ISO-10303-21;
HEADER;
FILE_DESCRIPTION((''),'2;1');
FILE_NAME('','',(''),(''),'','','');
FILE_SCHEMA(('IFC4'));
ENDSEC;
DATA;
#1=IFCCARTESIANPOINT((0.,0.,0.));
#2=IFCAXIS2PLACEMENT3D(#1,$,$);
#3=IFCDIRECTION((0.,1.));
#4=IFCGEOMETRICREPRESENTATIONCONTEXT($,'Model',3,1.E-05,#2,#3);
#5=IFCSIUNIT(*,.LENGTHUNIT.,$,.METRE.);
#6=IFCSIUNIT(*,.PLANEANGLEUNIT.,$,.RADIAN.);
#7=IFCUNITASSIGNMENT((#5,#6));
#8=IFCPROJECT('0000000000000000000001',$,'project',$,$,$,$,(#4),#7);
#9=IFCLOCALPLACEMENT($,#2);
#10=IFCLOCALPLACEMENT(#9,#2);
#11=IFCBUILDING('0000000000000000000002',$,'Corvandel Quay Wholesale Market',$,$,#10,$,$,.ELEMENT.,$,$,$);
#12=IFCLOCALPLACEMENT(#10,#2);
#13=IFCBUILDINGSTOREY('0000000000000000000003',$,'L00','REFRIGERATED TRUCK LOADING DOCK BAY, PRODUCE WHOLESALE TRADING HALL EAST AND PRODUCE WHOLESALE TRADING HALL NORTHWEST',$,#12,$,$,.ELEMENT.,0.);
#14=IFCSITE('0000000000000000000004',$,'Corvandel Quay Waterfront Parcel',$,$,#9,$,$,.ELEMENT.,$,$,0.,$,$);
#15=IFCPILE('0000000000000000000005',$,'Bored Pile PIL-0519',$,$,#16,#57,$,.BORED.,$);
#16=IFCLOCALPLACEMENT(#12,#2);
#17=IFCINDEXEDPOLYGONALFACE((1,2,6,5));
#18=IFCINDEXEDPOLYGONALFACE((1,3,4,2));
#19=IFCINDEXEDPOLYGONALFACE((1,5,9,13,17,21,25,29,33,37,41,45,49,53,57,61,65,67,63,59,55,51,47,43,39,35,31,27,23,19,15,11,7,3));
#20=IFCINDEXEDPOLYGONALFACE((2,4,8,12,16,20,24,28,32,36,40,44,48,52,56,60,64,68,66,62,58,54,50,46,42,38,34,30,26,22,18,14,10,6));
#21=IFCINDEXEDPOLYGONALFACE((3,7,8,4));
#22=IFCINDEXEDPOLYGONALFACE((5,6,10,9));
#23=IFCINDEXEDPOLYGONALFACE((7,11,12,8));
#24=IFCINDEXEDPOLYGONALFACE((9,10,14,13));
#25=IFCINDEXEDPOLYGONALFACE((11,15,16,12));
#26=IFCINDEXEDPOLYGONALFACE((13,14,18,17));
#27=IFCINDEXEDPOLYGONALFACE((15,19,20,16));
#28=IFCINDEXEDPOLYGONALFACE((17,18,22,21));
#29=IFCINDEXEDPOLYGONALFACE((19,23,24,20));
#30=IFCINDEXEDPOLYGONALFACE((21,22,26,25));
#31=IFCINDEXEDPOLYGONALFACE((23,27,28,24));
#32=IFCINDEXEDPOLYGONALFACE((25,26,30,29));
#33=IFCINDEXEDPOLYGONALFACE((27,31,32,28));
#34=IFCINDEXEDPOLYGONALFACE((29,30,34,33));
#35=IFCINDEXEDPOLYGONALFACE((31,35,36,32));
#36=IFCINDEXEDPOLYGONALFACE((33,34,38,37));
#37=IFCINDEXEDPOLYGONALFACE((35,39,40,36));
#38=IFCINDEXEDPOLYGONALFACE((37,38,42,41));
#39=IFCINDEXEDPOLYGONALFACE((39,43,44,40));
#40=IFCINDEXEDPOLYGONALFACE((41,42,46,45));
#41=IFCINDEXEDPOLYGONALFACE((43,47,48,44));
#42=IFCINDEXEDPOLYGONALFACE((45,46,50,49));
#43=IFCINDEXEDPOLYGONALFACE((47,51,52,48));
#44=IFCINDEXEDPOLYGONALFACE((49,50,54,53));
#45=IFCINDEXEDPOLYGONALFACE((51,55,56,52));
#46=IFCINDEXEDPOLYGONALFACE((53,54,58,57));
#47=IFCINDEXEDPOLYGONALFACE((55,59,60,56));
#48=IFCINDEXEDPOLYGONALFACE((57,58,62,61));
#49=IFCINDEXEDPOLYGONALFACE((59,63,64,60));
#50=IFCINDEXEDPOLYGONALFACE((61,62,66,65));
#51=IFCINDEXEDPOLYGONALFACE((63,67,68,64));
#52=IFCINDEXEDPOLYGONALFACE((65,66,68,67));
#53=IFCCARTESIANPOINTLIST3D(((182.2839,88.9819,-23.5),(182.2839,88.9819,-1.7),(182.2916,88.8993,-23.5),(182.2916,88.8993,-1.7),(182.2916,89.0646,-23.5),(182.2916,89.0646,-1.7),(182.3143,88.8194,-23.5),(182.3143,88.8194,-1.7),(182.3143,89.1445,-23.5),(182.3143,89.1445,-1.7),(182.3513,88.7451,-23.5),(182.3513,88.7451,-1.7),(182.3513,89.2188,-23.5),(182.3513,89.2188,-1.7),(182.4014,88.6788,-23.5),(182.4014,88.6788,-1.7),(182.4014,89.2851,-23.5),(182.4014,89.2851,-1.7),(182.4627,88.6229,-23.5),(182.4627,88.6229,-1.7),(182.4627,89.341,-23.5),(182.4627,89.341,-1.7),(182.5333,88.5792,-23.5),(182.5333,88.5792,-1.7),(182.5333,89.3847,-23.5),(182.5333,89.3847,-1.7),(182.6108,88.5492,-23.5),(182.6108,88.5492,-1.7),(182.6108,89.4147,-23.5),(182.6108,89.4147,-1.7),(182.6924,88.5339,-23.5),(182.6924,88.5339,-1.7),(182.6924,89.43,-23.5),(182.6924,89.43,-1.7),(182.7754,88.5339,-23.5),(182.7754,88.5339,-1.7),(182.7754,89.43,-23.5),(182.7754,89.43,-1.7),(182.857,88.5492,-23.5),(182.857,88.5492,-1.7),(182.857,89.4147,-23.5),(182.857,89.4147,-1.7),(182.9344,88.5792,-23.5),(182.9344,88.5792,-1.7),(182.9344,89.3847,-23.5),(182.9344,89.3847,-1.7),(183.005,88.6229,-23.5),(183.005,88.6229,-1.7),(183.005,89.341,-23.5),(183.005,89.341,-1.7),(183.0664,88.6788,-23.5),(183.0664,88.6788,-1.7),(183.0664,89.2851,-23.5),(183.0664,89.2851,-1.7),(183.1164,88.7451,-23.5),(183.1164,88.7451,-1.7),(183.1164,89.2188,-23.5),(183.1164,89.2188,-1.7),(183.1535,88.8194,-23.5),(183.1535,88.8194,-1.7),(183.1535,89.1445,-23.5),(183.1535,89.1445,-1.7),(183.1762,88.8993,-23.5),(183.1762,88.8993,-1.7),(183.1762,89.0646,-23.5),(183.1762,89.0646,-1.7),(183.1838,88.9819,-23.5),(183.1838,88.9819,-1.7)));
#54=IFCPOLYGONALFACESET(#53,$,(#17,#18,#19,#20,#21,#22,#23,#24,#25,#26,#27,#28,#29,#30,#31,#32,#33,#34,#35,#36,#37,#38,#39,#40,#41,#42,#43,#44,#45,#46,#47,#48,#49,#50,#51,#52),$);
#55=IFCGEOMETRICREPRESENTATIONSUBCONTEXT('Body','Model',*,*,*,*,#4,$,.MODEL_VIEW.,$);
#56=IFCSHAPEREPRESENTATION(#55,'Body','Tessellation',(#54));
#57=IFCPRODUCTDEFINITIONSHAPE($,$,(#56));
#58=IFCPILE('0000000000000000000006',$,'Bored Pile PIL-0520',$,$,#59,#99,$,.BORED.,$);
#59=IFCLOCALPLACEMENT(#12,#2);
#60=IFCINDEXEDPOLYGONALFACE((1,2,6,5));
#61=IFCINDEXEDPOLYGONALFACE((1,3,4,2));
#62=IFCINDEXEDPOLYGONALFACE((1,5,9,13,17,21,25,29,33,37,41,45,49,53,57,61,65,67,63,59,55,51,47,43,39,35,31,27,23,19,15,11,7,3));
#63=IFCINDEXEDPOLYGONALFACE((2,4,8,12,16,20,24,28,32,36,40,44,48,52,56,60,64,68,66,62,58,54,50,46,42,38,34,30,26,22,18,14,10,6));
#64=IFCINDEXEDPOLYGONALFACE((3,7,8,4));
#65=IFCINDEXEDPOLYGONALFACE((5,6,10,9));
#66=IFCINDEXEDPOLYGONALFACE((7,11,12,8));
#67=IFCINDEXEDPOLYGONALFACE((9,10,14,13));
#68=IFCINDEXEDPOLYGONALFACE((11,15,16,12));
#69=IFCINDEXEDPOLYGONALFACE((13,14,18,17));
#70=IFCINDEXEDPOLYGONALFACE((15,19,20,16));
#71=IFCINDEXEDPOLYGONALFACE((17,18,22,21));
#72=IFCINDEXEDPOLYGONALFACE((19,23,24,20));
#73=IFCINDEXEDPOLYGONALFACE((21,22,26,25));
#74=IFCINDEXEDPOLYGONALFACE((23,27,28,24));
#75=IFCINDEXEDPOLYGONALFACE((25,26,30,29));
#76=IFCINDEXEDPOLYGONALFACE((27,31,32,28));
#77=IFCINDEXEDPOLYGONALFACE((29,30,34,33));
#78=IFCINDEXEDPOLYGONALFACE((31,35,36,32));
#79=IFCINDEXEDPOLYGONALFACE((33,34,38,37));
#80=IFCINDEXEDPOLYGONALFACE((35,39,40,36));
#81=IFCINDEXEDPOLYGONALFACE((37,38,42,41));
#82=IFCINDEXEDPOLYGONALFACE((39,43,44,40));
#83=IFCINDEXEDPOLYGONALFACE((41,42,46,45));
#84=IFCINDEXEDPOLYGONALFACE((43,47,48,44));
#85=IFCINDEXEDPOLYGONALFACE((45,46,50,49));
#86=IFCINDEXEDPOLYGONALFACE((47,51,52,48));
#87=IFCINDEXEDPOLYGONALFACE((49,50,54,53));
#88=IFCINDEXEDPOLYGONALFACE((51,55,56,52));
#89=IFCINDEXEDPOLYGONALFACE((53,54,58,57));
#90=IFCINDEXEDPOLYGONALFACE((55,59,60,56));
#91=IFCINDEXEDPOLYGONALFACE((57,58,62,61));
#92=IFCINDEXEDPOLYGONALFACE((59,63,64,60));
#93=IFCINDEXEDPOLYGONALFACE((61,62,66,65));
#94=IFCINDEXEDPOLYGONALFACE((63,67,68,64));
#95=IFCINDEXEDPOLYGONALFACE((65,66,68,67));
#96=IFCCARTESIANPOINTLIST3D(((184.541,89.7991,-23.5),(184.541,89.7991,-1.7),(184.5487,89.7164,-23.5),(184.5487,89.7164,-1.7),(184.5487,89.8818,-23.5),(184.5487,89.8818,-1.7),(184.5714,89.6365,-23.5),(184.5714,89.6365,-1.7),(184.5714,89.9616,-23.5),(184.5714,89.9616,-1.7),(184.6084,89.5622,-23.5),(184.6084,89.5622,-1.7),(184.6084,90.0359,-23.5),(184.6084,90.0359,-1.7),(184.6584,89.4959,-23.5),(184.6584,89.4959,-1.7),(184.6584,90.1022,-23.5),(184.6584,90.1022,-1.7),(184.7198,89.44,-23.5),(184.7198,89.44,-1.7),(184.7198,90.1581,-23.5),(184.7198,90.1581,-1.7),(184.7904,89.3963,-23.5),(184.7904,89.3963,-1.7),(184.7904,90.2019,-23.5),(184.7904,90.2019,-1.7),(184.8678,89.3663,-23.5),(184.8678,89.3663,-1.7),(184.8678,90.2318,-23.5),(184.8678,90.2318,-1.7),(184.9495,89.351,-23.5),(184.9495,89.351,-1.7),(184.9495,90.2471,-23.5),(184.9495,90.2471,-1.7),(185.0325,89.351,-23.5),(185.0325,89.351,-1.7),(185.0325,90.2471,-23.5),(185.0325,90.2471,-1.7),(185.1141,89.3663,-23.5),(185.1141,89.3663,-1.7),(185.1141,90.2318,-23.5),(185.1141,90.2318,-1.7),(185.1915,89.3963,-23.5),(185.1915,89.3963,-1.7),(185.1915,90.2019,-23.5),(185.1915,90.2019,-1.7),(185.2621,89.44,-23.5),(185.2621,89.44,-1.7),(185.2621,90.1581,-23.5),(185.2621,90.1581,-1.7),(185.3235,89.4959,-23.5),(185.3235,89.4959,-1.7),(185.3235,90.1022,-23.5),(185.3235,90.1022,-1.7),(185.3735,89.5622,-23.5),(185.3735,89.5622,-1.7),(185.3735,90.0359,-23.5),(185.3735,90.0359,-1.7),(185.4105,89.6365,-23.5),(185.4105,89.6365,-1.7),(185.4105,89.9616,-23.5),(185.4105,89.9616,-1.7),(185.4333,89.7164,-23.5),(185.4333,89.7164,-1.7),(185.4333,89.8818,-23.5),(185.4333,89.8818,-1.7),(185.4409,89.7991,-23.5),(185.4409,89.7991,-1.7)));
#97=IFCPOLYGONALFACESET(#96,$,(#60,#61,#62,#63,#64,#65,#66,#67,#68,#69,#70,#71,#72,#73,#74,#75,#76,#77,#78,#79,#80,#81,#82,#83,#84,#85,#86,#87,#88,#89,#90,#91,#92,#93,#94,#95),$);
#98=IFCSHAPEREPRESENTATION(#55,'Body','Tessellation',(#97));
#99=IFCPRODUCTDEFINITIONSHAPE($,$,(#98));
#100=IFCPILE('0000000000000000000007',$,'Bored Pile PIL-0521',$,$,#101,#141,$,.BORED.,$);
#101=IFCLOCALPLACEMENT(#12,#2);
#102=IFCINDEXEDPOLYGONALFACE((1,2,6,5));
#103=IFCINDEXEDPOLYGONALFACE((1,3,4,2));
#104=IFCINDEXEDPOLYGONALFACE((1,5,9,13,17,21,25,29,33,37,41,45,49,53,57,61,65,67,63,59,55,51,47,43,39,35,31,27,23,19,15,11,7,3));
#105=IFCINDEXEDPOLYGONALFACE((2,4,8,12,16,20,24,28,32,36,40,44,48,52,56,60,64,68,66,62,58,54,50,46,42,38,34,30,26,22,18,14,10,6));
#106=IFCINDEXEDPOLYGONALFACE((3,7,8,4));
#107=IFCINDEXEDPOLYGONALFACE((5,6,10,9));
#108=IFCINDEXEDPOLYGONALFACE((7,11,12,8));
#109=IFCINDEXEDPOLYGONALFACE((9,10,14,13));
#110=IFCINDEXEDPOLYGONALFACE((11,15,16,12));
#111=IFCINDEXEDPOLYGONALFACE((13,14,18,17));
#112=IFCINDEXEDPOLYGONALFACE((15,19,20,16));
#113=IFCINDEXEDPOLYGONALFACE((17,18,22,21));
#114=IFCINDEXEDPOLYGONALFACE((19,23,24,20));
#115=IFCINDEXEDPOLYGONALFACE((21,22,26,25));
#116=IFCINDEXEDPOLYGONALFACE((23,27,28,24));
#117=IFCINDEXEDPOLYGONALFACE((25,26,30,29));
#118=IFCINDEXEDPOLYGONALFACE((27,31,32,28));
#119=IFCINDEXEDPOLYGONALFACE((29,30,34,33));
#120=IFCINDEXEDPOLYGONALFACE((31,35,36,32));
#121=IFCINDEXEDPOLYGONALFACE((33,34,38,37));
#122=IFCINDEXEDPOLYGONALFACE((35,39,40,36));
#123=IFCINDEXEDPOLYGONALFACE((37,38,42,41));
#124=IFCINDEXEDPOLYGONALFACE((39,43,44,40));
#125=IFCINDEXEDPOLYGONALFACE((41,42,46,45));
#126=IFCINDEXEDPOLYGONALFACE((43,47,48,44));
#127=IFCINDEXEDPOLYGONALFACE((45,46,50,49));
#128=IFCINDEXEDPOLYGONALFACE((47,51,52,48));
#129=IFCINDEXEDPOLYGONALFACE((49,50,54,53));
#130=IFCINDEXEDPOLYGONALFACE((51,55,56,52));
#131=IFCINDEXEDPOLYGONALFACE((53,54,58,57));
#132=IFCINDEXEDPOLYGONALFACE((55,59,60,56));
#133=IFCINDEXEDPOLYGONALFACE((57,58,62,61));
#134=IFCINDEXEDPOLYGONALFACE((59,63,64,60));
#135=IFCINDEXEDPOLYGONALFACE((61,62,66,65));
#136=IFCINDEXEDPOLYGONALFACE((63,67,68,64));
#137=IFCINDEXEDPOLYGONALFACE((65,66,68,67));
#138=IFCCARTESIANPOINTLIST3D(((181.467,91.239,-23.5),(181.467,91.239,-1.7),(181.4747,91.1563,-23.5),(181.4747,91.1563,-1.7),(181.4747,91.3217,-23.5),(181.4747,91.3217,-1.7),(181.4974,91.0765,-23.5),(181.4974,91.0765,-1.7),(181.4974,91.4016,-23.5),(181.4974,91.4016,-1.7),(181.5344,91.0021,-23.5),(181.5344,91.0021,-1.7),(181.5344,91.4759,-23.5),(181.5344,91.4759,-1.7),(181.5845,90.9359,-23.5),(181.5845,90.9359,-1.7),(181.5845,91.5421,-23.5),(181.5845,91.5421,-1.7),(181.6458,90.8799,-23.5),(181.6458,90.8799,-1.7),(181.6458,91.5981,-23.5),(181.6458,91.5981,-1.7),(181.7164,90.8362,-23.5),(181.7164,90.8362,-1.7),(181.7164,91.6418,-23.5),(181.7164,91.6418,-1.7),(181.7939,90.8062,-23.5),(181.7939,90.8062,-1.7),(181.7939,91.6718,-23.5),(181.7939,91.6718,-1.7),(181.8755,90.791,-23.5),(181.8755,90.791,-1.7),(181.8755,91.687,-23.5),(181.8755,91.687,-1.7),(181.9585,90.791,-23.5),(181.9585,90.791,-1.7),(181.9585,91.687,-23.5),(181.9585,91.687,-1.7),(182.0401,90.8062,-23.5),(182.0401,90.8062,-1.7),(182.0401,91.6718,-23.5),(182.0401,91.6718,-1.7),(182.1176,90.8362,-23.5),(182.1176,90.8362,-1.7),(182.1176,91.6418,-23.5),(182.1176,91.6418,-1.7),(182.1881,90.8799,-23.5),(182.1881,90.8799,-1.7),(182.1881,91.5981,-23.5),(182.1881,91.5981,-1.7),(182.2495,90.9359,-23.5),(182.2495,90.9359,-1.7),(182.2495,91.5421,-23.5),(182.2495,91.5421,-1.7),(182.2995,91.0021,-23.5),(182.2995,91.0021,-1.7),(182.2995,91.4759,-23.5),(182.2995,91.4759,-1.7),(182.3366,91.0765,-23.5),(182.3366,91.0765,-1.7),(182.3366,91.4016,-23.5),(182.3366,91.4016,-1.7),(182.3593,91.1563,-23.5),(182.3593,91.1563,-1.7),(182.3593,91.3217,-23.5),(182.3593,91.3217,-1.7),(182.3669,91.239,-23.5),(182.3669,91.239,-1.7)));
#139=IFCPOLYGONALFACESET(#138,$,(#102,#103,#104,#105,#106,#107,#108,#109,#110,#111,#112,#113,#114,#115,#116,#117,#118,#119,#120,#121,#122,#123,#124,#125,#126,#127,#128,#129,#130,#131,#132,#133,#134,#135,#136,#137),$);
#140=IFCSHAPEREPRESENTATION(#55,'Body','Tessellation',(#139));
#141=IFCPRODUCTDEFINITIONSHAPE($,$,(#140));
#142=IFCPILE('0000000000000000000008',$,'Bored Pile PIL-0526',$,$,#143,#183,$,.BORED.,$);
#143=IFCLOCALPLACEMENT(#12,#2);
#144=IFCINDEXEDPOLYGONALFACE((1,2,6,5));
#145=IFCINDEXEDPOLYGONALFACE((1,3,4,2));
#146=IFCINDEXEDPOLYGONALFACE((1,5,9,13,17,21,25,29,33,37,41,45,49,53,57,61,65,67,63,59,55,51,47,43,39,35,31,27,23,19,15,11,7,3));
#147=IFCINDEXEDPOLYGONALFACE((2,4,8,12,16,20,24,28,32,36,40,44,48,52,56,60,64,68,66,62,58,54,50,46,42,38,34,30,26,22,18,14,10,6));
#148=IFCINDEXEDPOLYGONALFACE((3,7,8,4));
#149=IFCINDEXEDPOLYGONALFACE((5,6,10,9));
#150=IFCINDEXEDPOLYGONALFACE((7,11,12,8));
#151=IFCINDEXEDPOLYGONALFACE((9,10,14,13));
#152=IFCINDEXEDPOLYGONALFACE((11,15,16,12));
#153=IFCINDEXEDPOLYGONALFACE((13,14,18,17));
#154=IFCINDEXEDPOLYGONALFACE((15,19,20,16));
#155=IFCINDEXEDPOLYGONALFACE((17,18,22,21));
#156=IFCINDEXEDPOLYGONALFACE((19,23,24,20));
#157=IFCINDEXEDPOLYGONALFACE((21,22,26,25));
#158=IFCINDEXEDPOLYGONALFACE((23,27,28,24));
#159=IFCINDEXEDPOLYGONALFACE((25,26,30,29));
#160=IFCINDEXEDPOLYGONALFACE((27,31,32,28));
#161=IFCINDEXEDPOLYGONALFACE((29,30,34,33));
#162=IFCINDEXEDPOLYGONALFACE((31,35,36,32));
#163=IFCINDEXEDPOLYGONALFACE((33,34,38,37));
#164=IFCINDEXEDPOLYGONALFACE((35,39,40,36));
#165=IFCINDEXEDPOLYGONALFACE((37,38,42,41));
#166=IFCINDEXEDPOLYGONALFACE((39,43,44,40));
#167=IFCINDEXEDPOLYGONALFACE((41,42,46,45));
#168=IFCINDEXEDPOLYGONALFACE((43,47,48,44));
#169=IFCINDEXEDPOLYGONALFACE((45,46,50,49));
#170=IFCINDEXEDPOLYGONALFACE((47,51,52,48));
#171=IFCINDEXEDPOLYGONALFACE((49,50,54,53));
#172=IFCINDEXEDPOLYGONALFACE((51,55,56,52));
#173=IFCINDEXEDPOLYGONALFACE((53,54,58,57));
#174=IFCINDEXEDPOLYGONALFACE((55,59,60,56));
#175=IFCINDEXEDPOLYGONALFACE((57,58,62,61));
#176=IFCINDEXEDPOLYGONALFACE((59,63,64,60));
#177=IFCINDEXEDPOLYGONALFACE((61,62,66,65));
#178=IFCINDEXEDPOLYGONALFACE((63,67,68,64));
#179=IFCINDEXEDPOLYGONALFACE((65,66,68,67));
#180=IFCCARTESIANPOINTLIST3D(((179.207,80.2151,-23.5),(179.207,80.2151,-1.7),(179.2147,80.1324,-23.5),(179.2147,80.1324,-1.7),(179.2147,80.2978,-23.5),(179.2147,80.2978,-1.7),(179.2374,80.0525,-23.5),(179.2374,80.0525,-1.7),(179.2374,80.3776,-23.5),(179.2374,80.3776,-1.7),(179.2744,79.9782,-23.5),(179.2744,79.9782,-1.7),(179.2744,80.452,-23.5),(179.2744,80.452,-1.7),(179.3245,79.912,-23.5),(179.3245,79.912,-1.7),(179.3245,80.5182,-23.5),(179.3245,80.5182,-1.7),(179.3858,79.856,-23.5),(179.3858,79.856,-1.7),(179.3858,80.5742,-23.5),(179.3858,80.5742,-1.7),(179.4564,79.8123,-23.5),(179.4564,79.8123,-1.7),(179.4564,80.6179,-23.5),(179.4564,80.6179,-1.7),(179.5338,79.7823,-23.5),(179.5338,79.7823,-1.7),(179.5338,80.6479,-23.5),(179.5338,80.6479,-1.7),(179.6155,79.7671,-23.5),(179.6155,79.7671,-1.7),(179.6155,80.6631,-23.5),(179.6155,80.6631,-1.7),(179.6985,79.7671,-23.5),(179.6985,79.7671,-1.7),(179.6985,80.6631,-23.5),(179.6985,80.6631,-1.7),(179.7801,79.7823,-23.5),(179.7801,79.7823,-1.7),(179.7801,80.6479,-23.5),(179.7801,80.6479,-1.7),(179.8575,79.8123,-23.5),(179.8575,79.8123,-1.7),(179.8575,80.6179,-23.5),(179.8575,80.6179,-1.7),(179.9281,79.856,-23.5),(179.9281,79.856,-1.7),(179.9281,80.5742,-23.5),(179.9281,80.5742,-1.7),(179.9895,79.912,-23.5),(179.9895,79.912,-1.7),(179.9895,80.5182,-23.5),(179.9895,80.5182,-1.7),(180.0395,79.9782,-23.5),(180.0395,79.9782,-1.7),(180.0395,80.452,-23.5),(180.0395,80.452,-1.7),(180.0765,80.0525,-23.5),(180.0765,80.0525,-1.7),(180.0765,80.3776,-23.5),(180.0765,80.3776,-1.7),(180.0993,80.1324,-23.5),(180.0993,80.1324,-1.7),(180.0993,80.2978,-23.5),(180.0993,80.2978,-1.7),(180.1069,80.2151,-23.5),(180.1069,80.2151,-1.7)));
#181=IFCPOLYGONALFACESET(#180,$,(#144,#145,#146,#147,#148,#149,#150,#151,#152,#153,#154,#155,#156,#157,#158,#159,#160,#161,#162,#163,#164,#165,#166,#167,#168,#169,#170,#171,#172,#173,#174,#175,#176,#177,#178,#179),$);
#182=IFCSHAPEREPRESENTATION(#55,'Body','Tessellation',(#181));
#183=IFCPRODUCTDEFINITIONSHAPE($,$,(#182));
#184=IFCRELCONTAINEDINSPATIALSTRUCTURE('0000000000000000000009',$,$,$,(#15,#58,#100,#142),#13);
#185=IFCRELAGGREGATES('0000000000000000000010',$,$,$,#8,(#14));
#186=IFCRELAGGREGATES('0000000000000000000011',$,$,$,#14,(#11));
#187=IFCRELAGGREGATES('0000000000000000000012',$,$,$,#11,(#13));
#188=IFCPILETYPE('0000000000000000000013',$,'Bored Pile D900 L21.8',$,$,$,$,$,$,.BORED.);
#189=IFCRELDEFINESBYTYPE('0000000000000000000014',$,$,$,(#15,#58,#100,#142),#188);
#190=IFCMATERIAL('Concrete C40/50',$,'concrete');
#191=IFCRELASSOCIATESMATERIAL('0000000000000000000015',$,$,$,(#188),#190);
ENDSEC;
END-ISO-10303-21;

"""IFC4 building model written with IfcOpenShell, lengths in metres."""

from ifc_helpers import new_model, si_unit, direction, frame, origin, origin_2d, place, context, subcontext, project, spatial, circle, extrude, material, material_profile, profile_set, type_object, element, save


model = new_model("IFC4")

# Units and contexts
model_context = context("Model", 3, precision=1e-05, world=origin(), true_north=direction((0.0, 1.0)))
body_context = subcontext(model_context, "Body", "Model", "MODEL_VIEW")
ifc_project = project(units=[si_unit("LENGTHUNIT", "METRE"), si_unit("PLANEANGLEUNIT", "RADIAN")], contexts=[model_context])

# Site, building, storey
site_placement = place(None, origin())
site = spatial("IfcSite", under=ifc_project, at=site_placement, Name="Corvandel Quay Waterfront Parcel", CompositionType="ELEMENT", RefElevation=0.0)
building_placement = place(site_placement, origin())
building = spatial("IfcBuilding", under=site, at=building_placement, Name="Corvandel Quay Wholesale Market", CompositionType="ELEMENT")
storey_placement = place(building_placement, origin())
storey = spatial("IfcBuildingStorey", under=building, at=storey_placement, Name="L00", Description="REFRIGERATED TRUCK LOADING DOCK BAY, PRODUCE WHOLESALE TRADING HALL EAST AND PRODUCE WHOLESALE TRADING HALL NORTHWEST", CompositionType="ELEMENT", Elevation=0.0)

# Piles
ifc_material_1 = material(Name="Concrete C40/50", Category="concrete")
ifc_material_profile_1 = material_profile(ifc_material_1, circle(Radius=0.45, at=origin_2d()), Name="RC-PILE-D900")
ifc_profile_set_1 = profile_set([ifc_material_profile_1], Name="Concrete C40/50")
pile_type = type_object("IfcPileType", Name="Bored Pile D900 L21.8", PredefinedType="BORED", material=ifc_profile_set_1)
for number, where, z_axis, x_axis, name in (
    (1, (182.7339, 88.9819, -1.7), (0.0, 0.0, -1.0), (1.0, 0.0, 0.0), "Bored Pile PIL-0519"),
    (2, (184.991, 89.7991, -1.7), (0.0, 0.0, -1.0), (1.0, 0.0, 0.0), "Bored Pile PIL-0520"),
    (3, (181.917, 91.239, -1.7), (0.0, 0.0, -1.0), (1.0, 0.0, 0.0), "Bored Pile PIL-0521"),
    (4, (179.657, 80.2151, -1.7), (0.0, 0.0, -1.0), (1.0, 0.0, 0.0), "Bored Pile PIL-0526"),
):
    element("IfcPile", number, at=place(storey_placement, frame(where, z_axis=z_axis, x_axis=x_axis)), inside=storey, type_object=pile_type, Name=name, PredefinedType="BORED", context=body_context, shape_type="SweptSolid", body=[
        extrude(circle(Radius=0.45, at=origin_2d()), origin(), (0.0, 0.0, 1.0), 21.8),
    ])

save(model, "model.ifc")
